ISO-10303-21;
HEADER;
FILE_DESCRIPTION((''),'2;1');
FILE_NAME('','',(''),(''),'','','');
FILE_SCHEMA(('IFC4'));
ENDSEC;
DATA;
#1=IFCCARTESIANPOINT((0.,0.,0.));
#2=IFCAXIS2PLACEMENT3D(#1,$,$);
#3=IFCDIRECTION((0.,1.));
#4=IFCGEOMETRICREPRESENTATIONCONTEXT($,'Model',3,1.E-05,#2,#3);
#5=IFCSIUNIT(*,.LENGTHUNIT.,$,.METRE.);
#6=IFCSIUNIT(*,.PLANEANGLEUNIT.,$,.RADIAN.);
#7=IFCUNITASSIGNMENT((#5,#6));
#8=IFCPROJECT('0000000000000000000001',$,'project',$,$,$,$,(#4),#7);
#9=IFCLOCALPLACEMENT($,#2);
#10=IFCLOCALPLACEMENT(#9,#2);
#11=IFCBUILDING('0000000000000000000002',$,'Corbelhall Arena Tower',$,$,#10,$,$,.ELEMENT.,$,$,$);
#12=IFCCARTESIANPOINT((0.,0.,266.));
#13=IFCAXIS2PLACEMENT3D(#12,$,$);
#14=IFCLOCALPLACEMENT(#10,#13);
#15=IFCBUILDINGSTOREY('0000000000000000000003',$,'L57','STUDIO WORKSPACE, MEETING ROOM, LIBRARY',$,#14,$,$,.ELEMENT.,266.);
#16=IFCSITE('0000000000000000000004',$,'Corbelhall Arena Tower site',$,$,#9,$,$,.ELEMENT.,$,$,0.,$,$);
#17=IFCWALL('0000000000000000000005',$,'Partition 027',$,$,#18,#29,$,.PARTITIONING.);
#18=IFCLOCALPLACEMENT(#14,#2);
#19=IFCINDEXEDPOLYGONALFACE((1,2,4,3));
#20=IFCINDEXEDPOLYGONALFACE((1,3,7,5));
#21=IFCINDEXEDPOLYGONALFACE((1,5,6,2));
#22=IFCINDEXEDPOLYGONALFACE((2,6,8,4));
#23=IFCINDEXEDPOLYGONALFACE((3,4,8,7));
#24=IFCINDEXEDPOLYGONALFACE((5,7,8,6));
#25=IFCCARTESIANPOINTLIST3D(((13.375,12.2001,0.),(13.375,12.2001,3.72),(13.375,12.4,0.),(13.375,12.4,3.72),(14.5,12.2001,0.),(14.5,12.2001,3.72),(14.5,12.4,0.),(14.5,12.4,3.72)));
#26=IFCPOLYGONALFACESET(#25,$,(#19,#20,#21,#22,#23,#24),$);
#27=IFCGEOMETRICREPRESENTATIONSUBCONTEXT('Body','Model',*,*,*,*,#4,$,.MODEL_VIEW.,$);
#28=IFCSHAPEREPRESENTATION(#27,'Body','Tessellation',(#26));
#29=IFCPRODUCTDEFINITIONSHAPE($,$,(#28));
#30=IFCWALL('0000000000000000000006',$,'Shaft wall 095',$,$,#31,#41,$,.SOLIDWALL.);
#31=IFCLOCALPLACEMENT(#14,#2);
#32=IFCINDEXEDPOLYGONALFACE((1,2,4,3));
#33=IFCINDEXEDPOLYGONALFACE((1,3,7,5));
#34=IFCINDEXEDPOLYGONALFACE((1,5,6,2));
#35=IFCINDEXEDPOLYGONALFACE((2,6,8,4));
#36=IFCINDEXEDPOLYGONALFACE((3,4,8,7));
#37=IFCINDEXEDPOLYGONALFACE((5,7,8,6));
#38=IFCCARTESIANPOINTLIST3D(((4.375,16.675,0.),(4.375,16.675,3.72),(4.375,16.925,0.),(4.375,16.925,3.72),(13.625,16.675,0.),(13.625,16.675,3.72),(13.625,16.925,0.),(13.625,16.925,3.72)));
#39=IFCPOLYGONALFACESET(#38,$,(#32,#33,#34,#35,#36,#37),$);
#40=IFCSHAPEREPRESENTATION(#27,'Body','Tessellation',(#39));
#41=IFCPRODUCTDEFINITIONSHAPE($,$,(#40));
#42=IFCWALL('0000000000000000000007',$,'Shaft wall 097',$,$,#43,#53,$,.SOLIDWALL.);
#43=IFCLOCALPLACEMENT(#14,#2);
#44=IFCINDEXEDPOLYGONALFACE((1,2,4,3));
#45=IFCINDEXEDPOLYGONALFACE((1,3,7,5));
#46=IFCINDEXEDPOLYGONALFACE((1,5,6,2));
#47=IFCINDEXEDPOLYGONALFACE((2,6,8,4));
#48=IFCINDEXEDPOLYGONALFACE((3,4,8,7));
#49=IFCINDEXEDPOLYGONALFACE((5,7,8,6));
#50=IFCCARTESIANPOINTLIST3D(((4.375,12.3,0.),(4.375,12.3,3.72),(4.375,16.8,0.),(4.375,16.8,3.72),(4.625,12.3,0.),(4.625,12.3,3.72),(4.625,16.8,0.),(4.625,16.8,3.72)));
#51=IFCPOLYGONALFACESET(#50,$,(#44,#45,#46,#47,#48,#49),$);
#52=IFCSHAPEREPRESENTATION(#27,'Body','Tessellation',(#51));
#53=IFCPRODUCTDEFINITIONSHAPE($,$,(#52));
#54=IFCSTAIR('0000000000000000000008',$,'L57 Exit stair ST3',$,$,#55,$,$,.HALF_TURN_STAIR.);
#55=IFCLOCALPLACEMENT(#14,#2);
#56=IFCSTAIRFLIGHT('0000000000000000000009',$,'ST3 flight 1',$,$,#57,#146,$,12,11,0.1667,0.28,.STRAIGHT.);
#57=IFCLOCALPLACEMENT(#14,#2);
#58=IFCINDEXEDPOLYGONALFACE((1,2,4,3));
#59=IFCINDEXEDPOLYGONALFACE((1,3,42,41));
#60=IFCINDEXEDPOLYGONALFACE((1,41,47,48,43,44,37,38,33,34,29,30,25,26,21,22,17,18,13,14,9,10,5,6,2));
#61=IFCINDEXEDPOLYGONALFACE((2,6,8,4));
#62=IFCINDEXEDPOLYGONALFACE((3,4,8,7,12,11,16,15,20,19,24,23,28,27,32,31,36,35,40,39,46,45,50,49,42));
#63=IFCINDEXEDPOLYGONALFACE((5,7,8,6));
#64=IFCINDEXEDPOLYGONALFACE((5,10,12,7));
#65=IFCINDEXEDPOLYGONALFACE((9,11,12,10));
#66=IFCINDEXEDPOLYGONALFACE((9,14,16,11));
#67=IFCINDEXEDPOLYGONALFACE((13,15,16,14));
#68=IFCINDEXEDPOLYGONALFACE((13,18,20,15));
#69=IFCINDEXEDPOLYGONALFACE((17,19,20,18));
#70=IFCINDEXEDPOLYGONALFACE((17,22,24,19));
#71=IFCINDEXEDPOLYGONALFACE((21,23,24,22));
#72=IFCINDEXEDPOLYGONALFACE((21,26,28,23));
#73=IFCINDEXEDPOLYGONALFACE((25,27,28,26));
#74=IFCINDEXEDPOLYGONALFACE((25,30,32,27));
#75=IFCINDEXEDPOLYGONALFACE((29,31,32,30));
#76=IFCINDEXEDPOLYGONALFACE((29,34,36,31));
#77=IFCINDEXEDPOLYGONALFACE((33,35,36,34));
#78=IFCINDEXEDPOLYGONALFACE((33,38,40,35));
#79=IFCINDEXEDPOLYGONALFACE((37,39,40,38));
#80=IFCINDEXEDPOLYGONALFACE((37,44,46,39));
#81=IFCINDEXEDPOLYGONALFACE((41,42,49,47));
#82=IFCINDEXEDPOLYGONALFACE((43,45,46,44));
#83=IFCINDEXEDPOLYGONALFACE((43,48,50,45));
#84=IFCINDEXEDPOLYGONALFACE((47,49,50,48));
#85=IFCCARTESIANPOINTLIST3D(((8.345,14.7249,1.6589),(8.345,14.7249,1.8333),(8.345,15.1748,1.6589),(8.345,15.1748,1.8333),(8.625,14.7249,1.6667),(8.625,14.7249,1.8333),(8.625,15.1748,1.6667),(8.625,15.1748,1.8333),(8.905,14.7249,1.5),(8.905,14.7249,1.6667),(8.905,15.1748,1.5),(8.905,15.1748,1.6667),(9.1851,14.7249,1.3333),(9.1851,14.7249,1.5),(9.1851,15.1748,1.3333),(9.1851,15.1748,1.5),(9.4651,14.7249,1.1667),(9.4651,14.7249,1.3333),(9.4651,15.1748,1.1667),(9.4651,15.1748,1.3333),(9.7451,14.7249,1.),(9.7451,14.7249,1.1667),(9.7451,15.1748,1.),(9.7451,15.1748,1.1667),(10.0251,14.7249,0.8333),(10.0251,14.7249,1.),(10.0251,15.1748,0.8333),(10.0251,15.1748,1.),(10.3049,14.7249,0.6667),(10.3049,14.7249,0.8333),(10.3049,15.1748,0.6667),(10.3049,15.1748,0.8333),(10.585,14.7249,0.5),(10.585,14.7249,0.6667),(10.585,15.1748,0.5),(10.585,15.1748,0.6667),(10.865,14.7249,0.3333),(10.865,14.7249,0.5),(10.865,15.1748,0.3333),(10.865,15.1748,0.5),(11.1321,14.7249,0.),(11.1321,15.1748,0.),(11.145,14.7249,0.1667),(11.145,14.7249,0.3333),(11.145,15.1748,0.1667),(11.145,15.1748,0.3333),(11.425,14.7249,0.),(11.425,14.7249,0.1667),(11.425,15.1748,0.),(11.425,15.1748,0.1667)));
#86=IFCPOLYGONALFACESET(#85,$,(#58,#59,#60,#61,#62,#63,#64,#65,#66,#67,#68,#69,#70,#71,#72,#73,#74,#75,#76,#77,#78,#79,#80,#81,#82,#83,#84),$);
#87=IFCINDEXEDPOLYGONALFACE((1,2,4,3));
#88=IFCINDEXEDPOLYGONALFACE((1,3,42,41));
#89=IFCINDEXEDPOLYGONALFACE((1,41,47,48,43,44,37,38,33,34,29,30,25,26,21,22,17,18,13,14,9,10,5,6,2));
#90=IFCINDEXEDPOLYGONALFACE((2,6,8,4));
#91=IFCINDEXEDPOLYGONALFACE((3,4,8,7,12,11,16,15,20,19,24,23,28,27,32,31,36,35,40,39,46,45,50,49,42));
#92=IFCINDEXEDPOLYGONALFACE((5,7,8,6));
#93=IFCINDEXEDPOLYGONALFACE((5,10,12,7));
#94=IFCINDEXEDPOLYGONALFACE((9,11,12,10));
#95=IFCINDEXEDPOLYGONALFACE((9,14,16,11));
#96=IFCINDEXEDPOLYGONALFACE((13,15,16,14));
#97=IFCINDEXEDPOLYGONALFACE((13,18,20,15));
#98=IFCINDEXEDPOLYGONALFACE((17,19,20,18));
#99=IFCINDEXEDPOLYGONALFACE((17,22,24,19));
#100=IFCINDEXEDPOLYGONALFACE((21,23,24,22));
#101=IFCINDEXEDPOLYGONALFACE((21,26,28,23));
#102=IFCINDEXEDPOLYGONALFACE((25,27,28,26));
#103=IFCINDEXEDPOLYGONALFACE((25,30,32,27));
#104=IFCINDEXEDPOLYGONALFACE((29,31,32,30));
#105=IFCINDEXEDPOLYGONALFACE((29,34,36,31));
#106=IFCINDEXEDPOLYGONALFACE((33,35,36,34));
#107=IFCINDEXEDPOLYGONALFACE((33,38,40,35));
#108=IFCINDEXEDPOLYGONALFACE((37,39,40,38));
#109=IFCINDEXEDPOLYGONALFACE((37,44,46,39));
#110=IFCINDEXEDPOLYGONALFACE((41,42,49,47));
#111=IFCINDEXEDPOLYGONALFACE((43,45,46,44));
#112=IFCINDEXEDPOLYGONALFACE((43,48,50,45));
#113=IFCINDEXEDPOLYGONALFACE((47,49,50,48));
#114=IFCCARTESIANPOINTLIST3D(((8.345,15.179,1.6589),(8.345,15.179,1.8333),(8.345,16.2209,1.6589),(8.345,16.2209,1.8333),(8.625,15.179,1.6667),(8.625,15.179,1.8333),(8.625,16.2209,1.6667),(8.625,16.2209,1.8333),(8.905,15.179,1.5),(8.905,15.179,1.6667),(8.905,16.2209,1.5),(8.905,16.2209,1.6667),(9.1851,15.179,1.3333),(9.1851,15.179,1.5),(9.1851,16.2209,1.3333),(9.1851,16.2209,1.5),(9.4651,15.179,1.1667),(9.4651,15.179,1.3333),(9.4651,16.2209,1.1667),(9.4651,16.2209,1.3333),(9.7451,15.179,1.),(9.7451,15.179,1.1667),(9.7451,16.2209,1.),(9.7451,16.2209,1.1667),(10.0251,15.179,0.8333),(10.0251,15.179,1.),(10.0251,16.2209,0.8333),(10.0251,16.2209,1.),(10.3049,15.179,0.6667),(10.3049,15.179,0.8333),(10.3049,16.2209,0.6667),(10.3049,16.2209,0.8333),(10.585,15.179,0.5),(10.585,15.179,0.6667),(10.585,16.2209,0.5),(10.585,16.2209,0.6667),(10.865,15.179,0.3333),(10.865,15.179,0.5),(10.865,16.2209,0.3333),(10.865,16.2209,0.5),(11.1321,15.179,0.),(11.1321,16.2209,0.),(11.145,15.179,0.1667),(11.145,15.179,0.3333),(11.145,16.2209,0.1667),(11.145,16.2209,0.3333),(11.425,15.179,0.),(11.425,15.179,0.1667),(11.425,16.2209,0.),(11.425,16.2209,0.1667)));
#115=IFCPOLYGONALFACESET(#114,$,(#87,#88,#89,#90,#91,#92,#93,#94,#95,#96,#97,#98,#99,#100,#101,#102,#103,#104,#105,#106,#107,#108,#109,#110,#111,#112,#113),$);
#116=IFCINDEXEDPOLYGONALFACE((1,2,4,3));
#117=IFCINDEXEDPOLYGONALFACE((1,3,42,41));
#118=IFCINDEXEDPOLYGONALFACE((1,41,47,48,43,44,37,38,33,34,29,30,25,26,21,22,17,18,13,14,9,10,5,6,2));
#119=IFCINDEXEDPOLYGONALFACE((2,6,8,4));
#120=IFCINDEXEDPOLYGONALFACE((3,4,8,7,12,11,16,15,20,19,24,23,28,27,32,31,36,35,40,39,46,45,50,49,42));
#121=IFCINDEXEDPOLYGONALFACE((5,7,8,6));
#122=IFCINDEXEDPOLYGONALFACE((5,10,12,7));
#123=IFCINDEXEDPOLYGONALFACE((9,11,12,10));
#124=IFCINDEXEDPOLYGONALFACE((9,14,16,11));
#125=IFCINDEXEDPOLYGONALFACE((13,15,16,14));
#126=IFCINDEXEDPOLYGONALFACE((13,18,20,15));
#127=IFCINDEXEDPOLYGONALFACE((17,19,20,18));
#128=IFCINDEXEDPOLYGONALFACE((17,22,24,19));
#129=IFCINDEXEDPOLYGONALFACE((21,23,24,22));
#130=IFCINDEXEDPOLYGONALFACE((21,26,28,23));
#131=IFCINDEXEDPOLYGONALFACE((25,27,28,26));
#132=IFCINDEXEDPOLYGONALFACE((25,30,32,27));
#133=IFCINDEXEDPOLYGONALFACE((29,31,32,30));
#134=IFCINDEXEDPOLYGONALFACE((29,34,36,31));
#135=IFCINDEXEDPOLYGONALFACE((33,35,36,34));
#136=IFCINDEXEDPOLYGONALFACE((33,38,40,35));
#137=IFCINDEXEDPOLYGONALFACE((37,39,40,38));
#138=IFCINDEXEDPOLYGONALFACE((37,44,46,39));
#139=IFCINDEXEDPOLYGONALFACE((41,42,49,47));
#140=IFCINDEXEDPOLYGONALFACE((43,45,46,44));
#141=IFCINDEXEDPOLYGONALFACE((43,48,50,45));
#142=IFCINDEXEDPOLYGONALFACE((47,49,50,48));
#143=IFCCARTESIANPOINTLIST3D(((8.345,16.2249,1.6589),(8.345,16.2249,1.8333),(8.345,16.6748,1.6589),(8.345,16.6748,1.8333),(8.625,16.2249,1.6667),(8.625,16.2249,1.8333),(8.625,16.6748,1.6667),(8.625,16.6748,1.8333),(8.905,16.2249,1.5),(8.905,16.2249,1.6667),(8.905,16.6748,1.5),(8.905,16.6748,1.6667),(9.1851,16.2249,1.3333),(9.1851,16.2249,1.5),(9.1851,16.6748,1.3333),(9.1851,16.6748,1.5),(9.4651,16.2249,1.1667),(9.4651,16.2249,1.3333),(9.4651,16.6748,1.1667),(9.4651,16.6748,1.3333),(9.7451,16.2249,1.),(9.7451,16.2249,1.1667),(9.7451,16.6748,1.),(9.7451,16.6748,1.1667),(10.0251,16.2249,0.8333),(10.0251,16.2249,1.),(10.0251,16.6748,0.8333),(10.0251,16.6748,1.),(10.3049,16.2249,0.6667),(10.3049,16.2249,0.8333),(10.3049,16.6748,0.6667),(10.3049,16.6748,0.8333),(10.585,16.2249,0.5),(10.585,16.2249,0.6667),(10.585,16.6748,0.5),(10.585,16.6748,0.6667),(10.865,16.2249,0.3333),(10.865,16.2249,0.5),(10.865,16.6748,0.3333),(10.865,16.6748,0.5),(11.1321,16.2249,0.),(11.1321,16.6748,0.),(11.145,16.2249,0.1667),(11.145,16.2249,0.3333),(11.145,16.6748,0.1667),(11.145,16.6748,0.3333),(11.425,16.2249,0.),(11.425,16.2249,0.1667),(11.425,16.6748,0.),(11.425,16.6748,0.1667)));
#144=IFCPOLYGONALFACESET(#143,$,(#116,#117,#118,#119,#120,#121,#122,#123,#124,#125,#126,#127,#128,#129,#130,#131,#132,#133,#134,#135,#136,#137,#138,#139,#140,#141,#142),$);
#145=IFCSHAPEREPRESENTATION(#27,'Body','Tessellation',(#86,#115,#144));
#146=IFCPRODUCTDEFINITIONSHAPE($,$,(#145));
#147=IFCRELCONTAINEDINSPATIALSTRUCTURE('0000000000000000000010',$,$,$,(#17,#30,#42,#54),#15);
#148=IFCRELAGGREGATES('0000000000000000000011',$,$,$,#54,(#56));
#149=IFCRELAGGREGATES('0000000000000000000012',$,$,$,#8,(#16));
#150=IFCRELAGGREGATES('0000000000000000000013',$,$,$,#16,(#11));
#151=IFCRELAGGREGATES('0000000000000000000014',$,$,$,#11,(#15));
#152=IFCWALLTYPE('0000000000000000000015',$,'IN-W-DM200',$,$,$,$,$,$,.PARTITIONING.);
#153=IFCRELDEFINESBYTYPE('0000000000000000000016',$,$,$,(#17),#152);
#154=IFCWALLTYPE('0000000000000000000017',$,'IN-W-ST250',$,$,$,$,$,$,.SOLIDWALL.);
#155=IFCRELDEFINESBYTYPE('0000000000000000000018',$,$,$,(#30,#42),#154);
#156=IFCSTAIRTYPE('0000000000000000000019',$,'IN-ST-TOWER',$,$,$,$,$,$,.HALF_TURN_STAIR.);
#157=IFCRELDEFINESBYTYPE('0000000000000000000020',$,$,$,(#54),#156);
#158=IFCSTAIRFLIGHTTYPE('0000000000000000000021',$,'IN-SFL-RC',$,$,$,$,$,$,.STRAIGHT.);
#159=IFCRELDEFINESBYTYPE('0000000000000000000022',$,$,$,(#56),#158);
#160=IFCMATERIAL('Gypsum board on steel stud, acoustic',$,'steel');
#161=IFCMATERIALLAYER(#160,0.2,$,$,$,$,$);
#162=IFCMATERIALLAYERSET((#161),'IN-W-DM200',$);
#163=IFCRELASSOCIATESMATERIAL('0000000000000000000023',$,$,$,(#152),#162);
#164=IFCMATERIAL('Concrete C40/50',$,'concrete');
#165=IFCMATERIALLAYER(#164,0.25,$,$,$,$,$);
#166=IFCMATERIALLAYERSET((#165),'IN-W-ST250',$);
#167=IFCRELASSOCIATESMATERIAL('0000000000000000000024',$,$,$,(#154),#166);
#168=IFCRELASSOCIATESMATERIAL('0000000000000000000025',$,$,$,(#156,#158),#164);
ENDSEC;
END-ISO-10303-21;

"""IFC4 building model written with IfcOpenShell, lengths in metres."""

from ifc_helpers import new_model, si_unit, direction, frame, frame_2d, origin, place, context, subcontext, project, spatial, polyline, rectangle, outline, extrude, material, layer, layer_set, type_object, element, aggregate, save


model = new_model("IFC4")

# Units and contexts
model_context = context("Model", 3, precision=1e-05, world=origin(), true_north=direction((0.0, 1.0)))
body_context = subcontext(model_context, "Body", "Model", "MODEL_VIEW")
ifc_project = project(units=[si_unit("LENGTHUNIT", "METRE"), si_unit("PLANEANGLEUNIT", "RADIAN")], contexts=[model_context])

# Site, building, storey
site_placement = place(None, origin())
site = spatial("IfcSite", under=ifc_project, at=site_placement, Name="Corbelhall Arena Tower site", CompositionType="ELEMENT", RefElevation=0.0)
building_placement = place(site_placement, origin())
building = spatial("IfcBuilding", under=site, at=building_placement, Name="Corbelhall Arena Tower", CompositionType="ELEMENT")
storey_placement = place(building_placement, frame((0.0, 0.0, 266.0)))
storey = spatial("IfcBuildingStorey", under=building, at=storey_placement, Name="L57", Description="STUDIO WORKSPACE, MEETING ROOM, LIBRARY", CompositionType="ELEMENT", Elevation=266.0)

# Walls
ifc_material_1 = material(Name="Gypsum board on steel stud, acoustic", Category="steel")
ifc_layer_1 = layer(ifc_material_1, 0.2)
ifc_layer_set_1 = layer_set([ifc_layer_1], Name="IN-W-DM200")
wall_type_1 = type_object("IfcWallType", Name="IN-W-DM200", PredefinedType="PARTITIONING", material=ifc_layer_set_1)
wall_1_placement = place(storey_placement, frame((13.375, 12.3, 0.0), z_axis=(0.0, 0.0, 1.0), x_axis=(1.0, 0.0, 0.0)))
element("IfcWall", 1, at=wall_1_placement, inside=storey, type_object=wall_type_1, Name="Partition 027", PredefinedType="PARTITIONING", context=body_context, shape_type="SweptSolid", body=[
    extrude(rectangle(XDim=1.125, YDim=0.2, at=frame_2d((0.5625, 0.0))), origin(), (0.0, 0.0, 1.0), 3.72),
])
ifc_material_2 = material(Name="Concrete C40/50", Category="concrete")
ifc_layer_2 = layer(ifc_material_2, 0.25)
ifc_layer_set_2 = layer_set([ifc_layer_2], Name="IN-W-ST250")
wall_type_2 = type_object("IfcWallType", Name="IN-W-ST250", PredefinedType="SOLIDWALL", material=ifc_layer_set_2)
wall_2_placement = place(storey_placement, frame((4.375, 16.8, 0.0), z_axis=(0.0, 0.0, 1.0), x_axis=(1.0, 0.0, 0.0)))
element("IfcWall", 2, at=wall_2_placement, inside=storey, type_object=wall_type_2, Name="Shaft wall 095", PredefinedType="SOLIDWALL", context=body_context, shape_type="SweptSolid", body=[
    extrude(rectangle(XDim=9.25, YDim=0.25, at=frame_2d((4.625, 0.0))), origin(), (0.0, 0.0, 1.0), 3.72),
])
wall_3_placement = place(storey_placement, frame((4.5, 12.3, 0.0), z_axis=(0.0, 0.0, 1.0), x_axis=(0.0, 1.0, 0.0)))
element("IfcWall", 3, at=wall_3_placement, inside=storey, type_object=wall_type_2, Name="Shaft wall 097", PredefinedType="SOLIDWALL", context=body_context, shape_type="SweptSolid", body=[
    extrude(rectangle(XDim=4.5, YDim=0.25, at=frame_2d((2.25, 0.0))), origin(), (0.0, 0.0, 1.0), 3.72),
])

# Stair, stair flight
stair_type = type_object("IfcStairType", Name="IN-ST-TOWER", PredefinedType="HALF_TURN_STAIR", material=ifc_material_2)
stair_placement = place(storey_placement, origin())
stair = element("IfcStair", 4, at=stair_placement, inside=storey, type_object=stair_type, Name="L57 Exit stair ST3", PredefinedType="HALF_TURN_STAIR")
stair_flight_type = type_object("IfcStairFlightType", Name="IN-SFL-RC", PredefinedType="STRAIGHT", material=ifc_material_2)
stair_flight_1_placement = place(storey_placement, frame((11.425, 15.7, 0.0), z_axis=(0.0, 0.0, 1.0), x_axis=(-1.0, 0.0, 0.0)))
stair_flight_1 = element("IfcStairFlight", 5, at=stair_flight_1_placement, type_object=stair_flight_type, Name="ST3 flight 1", NumberOfRisers=12, NumberOfTreads=11, PredefinedType="STRAIGHT", RiserHeight=0.1667, TreadLength=0.28, context=body_context, shape_type="SweptSolid", body=[
    extrude(outline(polyline([(0.0, 0.0), (0.0, 0.1667), (0.28, 0.1667), (0.28, 0.3333), (0.5601, 0.3333), (0.5601, 0.5), (0.8401, 0.5), (0.8401, 0.6667), (1.1201, 0.6667), (1.1201, 0.8333), (1.3999, 0.8333), (1.3999, 1.0), (1.6799, 1.0), (1.6799, 1.1667), (1.96, 1.1667), (1.96, 1.3333), (2.24, 1.3333), (2.24, 1.5), (2.52, 1.5), (2.52, 1.6667), (2.8, 1.6667), (2.8, 1.8333), (3.0801, 1.8333), (3.0801, 2.0), (3.0801, 1.6589), (0.293, 0.0), (0.0, 0.0)])), frame((0.0, 0.9751, 0.0), z_axis=(0.0, -1.0, 0.0), x_axis=(1.0, 0.0, 0.0)), (0.0, 0.0, 1.0), 0.45),
    extrude(outline(polyline([(0.0, 0.0), (0.0, 0.1667), (0.28, 0.1667), (0.28, 0.3333), (0.5601, 0.3333), (0.5601, 0.5), (0.8401, 0.5), (0.8401, 0.6667), (1.1201, 0.6667), (1.1201, 0.8333), (1.3999, 0.8333), (1.3999, 1.0), (1.6799, 1.0), (1.6799, 1.1667), (1.96, 1.1667), (1.96, 1.3333), (2.24, 1.3333), (2.24, 1.5), (2.52, 1.5), (2.52, 1.6667), (2.8, 1.6667), (2.8, 1.8333), (3.0801, 1.8333), (3.0801, 2.0), (3.0801, 1.6589), (0.293, 0.0), (0.0, 0.0)])), frame((0.0, 0.521, 0.0), z_axis=(0.0, -1.0, 0.0), x_axis=(1.0, 0.0, 0.0)), (0.0, 0.0, 1.0), 1.042),
    extrude(outline(polyline([(0.0, 0.0), (0.0, 0.1667), (0.28, 0.1667), (0.28, 0.3333), (0.5601, 0.3333), (0.5601, 0.5), (0.8401, 0.5), (0.8401, 0.6667), (1.1201, 0.6667), (1.1201, 0.8333), (1.3999, 0.8333), (1.3999, 1.0), (1.6799, 1.0), (1.6799, 1.1667), (1.96, 1.1667), (1.96, 1.3333), (2.24, 1.3333), (2.24, 1.5), (2.52, 1.5), (2.52, 1.6667), (2.8, 1.6667), (2.8, 1.8333), (3.0801, 1.8333), (3.0801, 2.0), (3.0801, 1.6589), (0.293, 0.0), (0.0, 0.0)])), frame((0.0, -0.5249, 0.0), z_axis=(0.0, -1.0, 0.0), x_axis=(1.0, 0.0, 0.0)), (0.0, 0.0, 1.0), 0.45),
])
aggregate(stair, [stair_flight_1])

save(model, "model.ifc")
